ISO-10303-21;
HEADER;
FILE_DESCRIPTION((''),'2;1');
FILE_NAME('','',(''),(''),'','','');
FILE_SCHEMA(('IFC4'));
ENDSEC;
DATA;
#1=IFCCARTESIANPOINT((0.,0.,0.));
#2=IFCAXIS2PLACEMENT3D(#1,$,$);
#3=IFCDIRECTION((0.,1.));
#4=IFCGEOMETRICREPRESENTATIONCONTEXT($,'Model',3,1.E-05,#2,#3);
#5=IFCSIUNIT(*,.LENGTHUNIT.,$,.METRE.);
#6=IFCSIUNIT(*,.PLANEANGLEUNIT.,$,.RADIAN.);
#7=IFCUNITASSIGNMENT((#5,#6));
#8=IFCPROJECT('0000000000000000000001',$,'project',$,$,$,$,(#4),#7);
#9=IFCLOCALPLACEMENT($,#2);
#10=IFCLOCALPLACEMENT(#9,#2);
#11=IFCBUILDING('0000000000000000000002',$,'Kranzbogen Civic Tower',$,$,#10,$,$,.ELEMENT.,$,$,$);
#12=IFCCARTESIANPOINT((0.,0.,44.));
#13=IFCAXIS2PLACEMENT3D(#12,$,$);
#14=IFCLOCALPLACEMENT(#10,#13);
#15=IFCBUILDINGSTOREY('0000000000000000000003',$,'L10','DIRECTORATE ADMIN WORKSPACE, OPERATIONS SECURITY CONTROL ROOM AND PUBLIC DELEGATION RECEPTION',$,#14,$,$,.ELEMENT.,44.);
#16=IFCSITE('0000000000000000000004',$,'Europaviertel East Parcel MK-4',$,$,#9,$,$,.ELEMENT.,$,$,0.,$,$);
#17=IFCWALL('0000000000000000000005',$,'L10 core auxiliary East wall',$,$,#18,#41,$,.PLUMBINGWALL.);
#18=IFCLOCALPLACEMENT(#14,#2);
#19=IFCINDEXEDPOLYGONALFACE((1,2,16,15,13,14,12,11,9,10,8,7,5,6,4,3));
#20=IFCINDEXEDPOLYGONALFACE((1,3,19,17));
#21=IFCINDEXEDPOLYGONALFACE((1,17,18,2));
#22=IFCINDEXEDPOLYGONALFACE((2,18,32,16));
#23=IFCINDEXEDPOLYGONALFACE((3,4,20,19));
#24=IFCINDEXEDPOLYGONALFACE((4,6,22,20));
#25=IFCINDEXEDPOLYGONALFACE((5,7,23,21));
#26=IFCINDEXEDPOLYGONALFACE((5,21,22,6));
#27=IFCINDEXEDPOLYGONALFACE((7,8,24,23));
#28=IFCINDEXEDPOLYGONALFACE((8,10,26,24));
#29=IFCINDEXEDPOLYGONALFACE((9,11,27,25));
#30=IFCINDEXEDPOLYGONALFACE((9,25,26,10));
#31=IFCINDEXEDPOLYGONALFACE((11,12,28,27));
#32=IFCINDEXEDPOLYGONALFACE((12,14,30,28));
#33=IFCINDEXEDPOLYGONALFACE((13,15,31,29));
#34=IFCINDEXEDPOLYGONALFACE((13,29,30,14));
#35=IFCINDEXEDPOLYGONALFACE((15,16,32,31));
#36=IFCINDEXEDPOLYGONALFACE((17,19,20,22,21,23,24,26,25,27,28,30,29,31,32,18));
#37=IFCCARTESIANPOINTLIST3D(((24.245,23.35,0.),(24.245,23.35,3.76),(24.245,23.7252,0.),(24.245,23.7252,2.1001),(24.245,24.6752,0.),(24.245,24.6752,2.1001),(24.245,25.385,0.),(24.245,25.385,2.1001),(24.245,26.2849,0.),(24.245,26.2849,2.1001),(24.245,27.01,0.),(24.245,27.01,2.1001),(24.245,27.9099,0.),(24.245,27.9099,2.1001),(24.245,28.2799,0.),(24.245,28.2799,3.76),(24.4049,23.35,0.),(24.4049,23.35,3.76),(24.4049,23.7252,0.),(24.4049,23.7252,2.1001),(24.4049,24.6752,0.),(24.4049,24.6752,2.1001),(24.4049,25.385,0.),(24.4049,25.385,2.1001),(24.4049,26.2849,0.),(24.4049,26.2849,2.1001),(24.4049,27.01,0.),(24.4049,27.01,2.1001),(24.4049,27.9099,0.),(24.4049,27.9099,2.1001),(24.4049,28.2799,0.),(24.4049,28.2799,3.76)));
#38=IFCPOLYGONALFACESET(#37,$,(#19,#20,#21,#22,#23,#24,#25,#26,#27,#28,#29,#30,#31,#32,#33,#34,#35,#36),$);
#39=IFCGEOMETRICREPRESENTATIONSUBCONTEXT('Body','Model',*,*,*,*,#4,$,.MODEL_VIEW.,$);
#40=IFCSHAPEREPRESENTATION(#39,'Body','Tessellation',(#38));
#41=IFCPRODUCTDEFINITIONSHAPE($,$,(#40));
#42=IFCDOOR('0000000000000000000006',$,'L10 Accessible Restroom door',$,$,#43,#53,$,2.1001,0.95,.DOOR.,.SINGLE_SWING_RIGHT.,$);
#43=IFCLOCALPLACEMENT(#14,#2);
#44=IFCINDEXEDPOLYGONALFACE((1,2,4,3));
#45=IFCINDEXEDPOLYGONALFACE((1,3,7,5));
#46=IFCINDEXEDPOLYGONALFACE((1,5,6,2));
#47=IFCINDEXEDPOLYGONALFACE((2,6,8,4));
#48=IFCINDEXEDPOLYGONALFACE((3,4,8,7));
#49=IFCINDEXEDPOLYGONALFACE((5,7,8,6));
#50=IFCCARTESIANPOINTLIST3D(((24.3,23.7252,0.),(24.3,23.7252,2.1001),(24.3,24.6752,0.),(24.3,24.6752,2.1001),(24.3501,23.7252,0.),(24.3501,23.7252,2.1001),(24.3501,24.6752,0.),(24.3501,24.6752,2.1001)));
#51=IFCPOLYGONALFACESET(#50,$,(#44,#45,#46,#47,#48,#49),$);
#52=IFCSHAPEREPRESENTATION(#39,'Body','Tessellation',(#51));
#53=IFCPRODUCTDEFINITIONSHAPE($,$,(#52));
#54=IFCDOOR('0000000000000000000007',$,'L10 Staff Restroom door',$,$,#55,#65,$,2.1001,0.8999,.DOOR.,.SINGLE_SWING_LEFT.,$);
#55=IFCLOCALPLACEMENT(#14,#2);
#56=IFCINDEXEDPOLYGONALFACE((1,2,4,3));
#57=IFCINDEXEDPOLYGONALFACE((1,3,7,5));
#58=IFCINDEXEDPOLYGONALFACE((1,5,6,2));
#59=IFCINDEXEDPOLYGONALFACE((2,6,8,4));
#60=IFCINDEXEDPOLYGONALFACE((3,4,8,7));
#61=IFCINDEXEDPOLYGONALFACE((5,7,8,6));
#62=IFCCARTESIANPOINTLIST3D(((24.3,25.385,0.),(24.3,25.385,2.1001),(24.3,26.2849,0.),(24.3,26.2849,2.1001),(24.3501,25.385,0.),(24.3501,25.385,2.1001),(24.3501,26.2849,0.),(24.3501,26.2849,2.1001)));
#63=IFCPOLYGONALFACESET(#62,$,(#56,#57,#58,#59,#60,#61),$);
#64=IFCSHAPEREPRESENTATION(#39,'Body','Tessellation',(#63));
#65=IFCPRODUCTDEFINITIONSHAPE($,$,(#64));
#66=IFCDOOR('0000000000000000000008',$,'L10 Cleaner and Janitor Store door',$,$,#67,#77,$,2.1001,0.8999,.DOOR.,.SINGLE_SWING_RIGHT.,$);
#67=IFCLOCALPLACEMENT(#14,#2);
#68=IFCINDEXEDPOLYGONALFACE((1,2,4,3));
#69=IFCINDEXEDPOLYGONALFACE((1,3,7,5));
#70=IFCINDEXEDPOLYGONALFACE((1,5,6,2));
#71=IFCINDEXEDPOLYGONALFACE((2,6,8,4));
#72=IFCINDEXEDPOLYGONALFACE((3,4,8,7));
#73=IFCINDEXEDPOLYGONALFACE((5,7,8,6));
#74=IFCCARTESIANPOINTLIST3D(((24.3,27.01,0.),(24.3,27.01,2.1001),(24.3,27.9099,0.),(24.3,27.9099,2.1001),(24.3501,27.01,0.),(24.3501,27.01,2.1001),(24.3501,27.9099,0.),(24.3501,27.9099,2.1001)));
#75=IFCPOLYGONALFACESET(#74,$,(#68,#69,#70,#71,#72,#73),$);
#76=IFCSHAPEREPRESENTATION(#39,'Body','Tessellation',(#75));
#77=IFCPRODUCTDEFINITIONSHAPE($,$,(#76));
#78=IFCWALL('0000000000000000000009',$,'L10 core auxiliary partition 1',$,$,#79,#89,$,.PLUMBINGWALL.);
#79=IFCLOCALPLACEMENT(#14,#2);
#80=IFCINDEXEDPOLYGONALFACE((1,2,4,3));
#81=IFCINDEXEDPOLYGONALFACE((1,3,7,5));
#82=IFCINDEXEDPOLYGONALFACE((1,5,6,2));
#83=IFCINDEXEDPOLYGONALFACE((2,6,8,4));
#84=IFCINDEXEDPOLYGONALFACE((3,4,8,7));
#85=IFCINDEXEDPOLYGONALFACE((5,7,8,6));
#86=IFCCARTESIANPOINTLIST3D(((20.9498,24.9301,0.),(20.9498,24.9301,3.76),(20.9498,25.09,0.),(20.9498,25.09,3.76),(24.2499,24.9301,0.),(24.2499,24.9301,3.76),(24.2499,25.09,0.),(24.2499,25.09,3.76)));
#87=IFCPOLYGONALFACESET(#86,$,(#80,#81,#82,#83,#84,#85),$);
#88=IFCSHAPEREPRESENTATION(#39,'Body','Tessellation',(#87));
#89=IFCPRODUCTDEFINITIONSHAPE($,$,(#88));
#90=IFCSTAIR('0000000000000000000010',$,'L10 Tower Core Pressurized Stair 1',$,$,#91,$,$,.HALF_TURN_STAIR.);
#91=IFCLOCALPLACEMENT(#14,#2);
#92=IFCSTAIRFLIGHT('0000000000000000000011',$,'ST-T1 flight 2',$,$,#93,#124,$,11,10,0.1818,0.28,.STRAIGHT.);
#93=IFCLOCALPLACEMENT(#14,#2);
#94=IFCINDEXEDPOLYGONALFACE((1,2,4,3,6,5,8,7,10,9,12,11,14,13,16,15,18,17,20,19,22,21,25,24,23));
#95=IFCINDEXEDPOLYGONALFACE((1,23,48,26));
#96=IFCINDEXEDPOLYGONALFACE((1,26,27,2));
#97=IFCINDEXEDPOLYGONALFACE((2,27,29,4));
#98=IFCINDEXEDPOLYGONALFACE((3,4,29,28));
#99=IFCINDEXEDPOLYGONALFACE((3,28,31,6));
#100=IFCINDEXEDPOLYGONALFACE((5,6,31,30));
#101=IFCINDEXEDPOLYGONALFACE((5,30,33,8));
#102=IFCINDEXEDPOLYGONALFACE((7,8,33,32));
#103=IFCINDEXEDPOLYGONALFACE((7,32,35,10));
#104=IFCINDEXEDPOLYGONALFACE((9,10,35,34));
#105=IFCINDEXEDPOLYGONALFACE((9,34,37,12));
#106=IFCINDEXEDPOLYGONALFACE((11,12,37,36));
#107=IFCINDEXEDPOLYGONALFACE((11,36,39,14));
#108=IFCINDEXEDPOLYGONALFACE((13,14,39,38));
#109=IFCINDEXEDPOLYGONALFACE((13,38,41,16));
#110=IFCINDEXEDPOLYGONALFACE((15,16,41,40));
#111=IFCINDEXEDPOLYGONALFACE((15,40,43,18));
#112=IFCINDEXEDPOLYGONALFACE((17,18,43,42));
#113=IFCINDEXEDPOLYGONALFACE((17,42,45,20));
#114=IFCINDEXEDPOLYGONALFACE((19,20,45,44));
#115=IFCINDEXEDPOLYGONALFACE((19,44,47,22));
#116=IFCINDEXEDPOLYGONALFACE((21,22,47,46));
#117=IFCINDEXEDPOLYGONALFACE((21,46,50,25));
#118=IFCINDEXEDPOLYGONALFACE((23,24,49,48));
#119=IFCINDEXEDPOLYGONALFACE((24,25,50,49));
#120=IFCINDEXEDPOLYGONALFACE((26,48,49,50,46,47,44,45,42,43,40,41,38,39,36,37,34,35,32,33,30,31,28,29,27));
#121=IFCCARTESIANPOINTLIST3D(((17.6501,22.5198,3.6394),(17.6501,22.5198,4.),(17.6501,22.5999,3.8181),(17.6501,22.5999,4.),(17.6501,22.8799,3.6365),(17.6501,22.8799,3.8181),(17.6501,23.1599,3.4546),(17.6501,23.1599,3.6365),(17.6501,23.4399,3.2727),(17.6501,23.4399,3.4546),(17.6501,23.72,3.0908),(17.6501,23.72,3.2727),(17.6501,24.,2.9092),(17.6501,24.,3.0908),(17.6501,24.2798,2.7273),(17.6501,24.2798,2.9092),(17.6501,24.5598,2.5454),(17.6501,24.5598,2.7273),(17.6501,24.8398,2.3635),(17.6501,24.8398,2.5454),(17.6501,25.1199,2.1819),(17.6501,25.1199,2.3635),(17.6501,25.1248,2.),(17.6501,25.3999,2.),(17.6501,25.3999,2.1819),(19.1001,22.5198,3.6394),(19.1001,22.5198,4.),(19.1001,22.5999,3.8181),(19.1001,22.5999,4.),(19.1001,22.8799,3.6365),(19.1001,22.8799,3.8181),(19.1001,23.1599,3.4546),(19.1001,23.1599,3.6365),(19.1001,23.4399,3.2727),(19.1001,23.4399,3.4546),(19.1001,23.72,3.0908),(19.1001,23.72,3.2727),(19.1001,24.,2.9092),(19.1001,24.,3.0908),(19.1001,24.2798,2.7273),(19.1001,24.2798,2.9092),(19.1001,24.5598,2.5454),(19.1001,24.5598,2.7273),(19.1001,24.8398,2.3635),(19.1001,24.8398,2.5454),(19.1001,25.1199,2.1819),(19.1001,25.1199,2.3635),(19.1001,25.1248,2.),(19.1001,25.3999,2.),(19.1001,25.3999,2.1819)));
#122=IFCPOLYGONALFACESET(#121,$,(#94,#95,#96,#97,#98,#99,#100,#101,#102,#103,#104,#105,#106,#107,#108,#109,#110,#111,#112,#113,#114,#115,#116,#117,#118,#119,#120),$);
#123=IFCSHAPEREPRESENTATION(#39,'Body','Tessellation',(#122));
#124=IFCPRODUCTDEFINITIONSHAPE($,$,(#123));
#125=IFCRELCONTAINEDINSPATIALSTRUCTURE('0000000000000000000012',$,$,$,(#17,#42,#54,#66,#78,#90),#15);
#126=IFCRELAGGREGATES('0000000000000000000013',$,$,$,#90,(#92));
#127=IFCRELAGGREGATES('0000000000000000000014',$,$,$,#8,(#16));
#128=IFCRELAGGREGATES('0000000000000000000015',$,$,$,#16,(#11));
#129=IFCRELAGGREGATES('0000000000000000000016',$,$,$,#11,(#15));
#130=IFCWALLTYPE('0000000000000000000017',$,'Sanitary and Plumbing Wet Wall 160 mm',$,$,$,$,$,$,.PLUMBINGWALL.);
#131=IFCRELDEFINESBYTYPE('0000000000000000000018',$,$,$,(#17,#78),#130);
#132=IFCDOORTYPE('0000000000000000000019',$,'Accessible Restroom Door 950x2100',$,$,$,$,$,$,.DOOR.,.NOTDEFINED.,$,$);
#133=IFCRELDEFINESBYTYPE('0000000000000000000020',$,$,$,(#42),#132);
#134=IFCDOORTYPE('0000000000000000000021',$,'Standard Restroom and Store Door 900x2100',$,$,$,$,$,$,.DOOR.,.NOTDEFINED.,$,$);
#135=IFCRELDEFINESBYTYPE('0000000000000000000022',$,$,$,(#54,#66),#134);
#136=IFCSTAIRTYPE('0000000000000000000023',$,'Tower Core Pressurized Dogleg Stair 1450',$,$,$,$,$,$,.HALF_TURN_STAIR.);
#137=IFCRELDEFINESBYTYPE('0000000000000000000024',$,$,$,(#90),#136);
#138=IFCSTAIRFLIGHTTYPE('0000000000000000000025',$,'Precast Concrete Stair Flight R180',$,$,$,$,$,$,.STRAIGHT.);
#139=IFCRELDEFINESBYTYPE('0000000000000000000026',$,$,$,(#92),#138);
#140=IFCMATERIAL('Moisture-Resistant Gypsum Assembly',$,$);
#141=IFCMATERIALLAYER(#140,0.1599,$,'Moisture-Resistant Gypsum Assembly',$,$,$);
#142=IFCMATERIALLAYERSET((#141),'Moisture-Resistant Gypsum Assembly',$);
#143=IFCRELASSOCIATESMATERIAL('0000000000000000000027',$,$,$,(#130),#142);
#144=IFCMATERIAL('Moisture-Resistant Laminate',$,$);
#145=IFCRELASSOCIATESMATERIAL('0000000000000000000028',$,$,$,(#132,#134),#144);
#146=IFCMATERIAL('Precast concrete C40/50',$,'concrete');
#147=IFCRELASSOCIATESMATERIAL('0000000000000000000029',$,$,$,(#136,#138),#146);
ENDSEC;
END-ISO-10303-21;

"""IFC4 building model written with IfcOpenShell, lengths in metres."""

from ifc_helpers import new_model, si_unit, direction, frame, frame_2d, origin, place, context, subcontext, project, spatial, polyline, rectangle, outline, extrude, material, layer, layer_set, type_object, element, fill, aggregate, save


model = new_model("IFC4")

# Units and contexts
model_context = context("Model", 3, precision=1e-05, world=origin(), true_north=direction((0.0, 1.0)))
body_context = subcontext(model_context, "Body", "Model", "MODEL_VIEW")
ifc_project = project(units=[si_unit("LENGTHUNIT", "METRE"), si_unit("PLANEANGLEUNIT", "RADIAN")], contexts=[model_context])

# Site, building, storey
site_placement = place(None, origin())
site = spatial("IfcSite", under=ifc_project, at=site_placement, Name="Europaviertel East Parcel MK-4", CompositionType="ELEMENT", RefElevation=0.0)
building_placement = place(site_placement, origin())
building = spatial("IfcBuilding", under=site, at=building_placement, Name="Kranzbogen Civic Tower", CompositionType="ELEMENT")
storey_placement = place(building_placement, frame((0.0, 0.0, 44.0)))
storey = spatial("IfcBuildingStorey", under=building, at=storey_placement, Name="L10", Description="DIRECTORATE ADMIN WORKSPACE, OPERATIONS SECURITY CONTROL ROOM AND PUBLIC DELEGATION RECEPTION", CompositionType="ELEMENT", Elevation=44.0)

# Wall, openings, doors
ifc_material_1 = material(Name="Moisture-Resistant Gypsum Assembly")
ifc_layer_1 = layer(ifc_material_1, 0.1599, Name="Moisture-Resistant Gypsum Assembly")
ifc_layer_set_1 = layer_set([ifc_layer_1], Name="Moisture-Resistant Gypsum Assembly")
wall_type_1 = type_object("IfcWallType", Name="Sanitary and Plumbing Wet Wall 160 mm", PredefinedType="PLUMBINGWALL", material=ifc_layer_set_1)
wall_1_placement = place(storey_placement, frame((24.325, 23.3501, 0.0), z_axis=(0.0, 0.0, 1.0), x_axis=(0.0, 1.0, 0.0)))
wall_1 = element("IfcWall", 1, at=wall_1_placement, inside=storey, type_object=wall_type_1, Name="L10 core auxiliary East wall", PredefinedType="PLUMBINGWALL", context=body_context, shape_type="SweptSolid", body=[
    extrude(rectangle(XDim=4.9299, YDim=0.1599, at=frame_2d((2.4648, 0.0))), origin(), (0.0, 0.0, 1.0), 3.76),
])
opening_1_placement = place(wall_1_placement, frame((0.375, 0.0, 0.0)))
opening_1 = element("IfcOpeningElement", 2, at=opening_1_placement, cuts=wall_1, PredefinedType="OPENING", context=body_context, shape_type="SweptSolid", body=[
    extrude(rectangle(XDim=0.95, YDim=2.1001, at=frame_2d((0.4751, 1.05))), frame((0.0, 0.0898, 0.0), z_axis=(0.0, -1.0, 0.0), x_axis=(1.0, 0.0, 0.0)), (0.0, 0.0, 1.0), 0.1799),
])
opening_2_placement = place(wall_1_placement, frame((2.0349, 0.0, 0.0)))
opening_2 = element("IfcOpeningElement", 3, at=opening_2_placement, cuts=wall_1, PredefinedType="OPENING", context=body_context, shape_type="SweptSolid", body=[
    extrude(rectangle(XDim=0.8999, YDim=2.1001, at=frame_2d((0.45, 1.05))), frame((0.0, 0.0898, 0.0), z_axis=(0.0, -1.0, 0.0), x_axis=(1.0, 0.0, 0.0)), (0.0, 0.0, 1.0), 0.1799),
])
opening_3_placement = place(wall_1_placement, frame((3.6599, 0.0, 0.0)))
opening_3 = element("IfcOpeningElement", 4, at=opening_3_placement, cuts=wall_1, PredefinedType="OPENING", context=body_context, shape_type="SweptSolid", body=[
    extrude(rectangle(XDim=0.8999, YDim=2.1001, at=frame_2d((0.45, 1.05))), frame((0.0, 0.0898, 0.0), z_axis=(0.0, -1.0, 0.0), x_axis=(1.0, 0.0, 0.0)), (0.0, 0.0, 1.0), 0.1799),
])
ifc_material_2 = material(Name="Moisture-Resistant Laminate")
door_type_1 = type_object("IfcDoorType", Name="Accessible Restroom Door 950x2100", OperationType="NOTDEFINED", PredefinedType="DOOR", material=ifc_material_2)
door_1_placement = place(opening_1_placement, origin())
door_1 = element("IfcDoor", 5, at=door_1_placement, inside=storey, type_object=door_type_1, Name="L10 Accessible Restroom door", OperationType="SINGLE_SWING_RIGHT", OverallHeight=2.1001, OverallWidth=0.95, PredefinedType="DOOR", context=body_context, shape_type="SweptSolid", body=[
    extrude(rectangle(XDim=0.95, YDim=2.1001, at=frame_2d((0.4751, 1.05))), frame((0.0, 0.0249, 0.0), z_axis=(0.0, -1.0, 0.0), x_axis=(1.0, 0.0, 0.0)), (0.0, 0.0, 1.0), 0.05),
])
fill(opening_1, door_1)
door_type_2 = type_object("IfcDoorType", Name="Standard Restroom and Store Door 900x2100", OperationType="NOTDEFINED", PredefinedType="DOOR", material=ifc_material_2)
door_2_placement = place(opening_2_placement, origin())
door_2 = element("IfcDoor", 6, at=door_2_placement, inside=storey, type_object=door_type_2, Name="L10 Staff Restroom door", OperationType="SINGLE_SWING_LEFT", OverallHeight=2.1001, OverallWidth=0.8999, PredefinedType="DOOR", context=body_context, shape_type="SweptSolid", body=[
    extrude(rectangle(XDim=0.8999, YDim=2.1001, at=frame_2d((0.45, 1.05))), frame((0.0, 0.0249, 0.0), z_axis=(0.0, -1.0, 0.0), x_axis=(1.0, 0.0, 0.0)), (0.0, 0.0, 1.0), 0.05),
])
fill(opening_2, door_2)
door_3_placement = place(opening_3_placement, origin())
door_3 = element("IfcDoor", 7, at=door_3_placement, inside=storey, type_object=door_type_2, Name="L10 Cleaner and Janitor Store door", OperationType="SINGLE_SWING_RIGHT", OverallHeight=2.1001, OverallWidth=0.8999, PredefinedType="DOOR", context=body_context, shape_type="SweptSolid", body=[
    extrude(rectangle(XDim=0.8999, YDim=2.1001, at=frame_2d((0.45, 1.05))), frame((0.0, 0.0249, 0.0), z_axis=(0.0, -1.0, 0.0), x_axis=(1.0, 0.0, 0.0)), (0.0, 0.0, 1.0), 0.05),
])
fill(opening_3, door_3)

# Wall
wall_2_placement = place(storey_placement, frame((20.95, 25.01, 0.0), z_axis=(0.0, 0.0, 1.0), x_axis=(1.0, 0.0, 0.0)))
element("IfcWall", 8, at=wall_2_placement, inside=storey, type_object=wall_type_1, Name="L10 core auxiliary partition 1", PredefinedType="PLUMBINGWALL", context=body_context, shape_type="SweptSolid", body=[
    extrude(rectangle(XDim=3.3, YDim=0.1599, at=frame_2d((1.6499, 0.0))), origin(), (0.0, 0.0, 1.0), 3.76),
])

# Stair, stair flight
ifc_material_3 = material(Name="Precast concrete C40/50", Category="concrete")
stair_type = type_object("IfcStairType", Name="Tower Core Pressurized Dogleg Stair 1450", PredefinedType="HALF_TURN_STAIR", material=ifc_material_3)
stair_placement = place(storey_placement, origin())
stair = element("IfcStair", 9, at=stair_placement, inside=storey, type_object=stair_type, Name="L10 Tower Core Pressurized Stair 1", PredefinedType="HALF_TURN_STAIR")
stair_flight_type = type_object("IfcStairFlightType", Name="Precast Concrete Stair Flight R180", PredefinedType="STRAIGHT", material=ifc_material_3)
stair_flight_placement = place(storey_placement, frame((18.375, 25.3999, 2.0), z_axis=(0.0, 0.0, 1.0), x_axis=(0.0, -1.0, 0.0)))
stair_flight = element("IfcStairFlight", 10, at=stair_flight_placement, type_object=stair_flight_type, Name="ST-T1 flight 2", NumberOfRisers=11, NumberOfTreads=10, PredefinedType="STRAIGHT", RiserHeight=0.1818, TreadLength=0.28, context=body_context, shape_type="SweptSolid", body=[
    extrude(outline(polyline([(0.0, 0.0), (0.0, 0.1819), (0.28, 0.1819), (0.28, 0.3635), (0.5601, 0.3635), (0.5601, 0.5454), (0.8401, 0.5454), (0.8401, 0.7273), (1.1201, 0.7273), (1.1201, 0.9092), (1.3999, 0.9092), (1.3999, 1.0908), (1.6799, 1.0908), (1.6799, 1.2727), (1.96, 1.2727), (1.96, 1.4546), (2.24, 1.4546), (2.24, 1.6365), (2.52, 1.6365), (2.52, 1.8181), (2.8, 1.8181), (2.8, 2.0), (2.8801, 2.0), (2.8801, 1.6394), (0.2751, 0.0), (0.0, 0.0)])), frame((0.0, 0.7251, 0.0), z_axis=(0.0, -1.0, 0.0), x_axis=(1.0, 0.0, 0.0)), (0.0, 0.0, 1.0), 1.45),
])
aggregate(stair, [stair_flight])

save(model, "model.ifc")
